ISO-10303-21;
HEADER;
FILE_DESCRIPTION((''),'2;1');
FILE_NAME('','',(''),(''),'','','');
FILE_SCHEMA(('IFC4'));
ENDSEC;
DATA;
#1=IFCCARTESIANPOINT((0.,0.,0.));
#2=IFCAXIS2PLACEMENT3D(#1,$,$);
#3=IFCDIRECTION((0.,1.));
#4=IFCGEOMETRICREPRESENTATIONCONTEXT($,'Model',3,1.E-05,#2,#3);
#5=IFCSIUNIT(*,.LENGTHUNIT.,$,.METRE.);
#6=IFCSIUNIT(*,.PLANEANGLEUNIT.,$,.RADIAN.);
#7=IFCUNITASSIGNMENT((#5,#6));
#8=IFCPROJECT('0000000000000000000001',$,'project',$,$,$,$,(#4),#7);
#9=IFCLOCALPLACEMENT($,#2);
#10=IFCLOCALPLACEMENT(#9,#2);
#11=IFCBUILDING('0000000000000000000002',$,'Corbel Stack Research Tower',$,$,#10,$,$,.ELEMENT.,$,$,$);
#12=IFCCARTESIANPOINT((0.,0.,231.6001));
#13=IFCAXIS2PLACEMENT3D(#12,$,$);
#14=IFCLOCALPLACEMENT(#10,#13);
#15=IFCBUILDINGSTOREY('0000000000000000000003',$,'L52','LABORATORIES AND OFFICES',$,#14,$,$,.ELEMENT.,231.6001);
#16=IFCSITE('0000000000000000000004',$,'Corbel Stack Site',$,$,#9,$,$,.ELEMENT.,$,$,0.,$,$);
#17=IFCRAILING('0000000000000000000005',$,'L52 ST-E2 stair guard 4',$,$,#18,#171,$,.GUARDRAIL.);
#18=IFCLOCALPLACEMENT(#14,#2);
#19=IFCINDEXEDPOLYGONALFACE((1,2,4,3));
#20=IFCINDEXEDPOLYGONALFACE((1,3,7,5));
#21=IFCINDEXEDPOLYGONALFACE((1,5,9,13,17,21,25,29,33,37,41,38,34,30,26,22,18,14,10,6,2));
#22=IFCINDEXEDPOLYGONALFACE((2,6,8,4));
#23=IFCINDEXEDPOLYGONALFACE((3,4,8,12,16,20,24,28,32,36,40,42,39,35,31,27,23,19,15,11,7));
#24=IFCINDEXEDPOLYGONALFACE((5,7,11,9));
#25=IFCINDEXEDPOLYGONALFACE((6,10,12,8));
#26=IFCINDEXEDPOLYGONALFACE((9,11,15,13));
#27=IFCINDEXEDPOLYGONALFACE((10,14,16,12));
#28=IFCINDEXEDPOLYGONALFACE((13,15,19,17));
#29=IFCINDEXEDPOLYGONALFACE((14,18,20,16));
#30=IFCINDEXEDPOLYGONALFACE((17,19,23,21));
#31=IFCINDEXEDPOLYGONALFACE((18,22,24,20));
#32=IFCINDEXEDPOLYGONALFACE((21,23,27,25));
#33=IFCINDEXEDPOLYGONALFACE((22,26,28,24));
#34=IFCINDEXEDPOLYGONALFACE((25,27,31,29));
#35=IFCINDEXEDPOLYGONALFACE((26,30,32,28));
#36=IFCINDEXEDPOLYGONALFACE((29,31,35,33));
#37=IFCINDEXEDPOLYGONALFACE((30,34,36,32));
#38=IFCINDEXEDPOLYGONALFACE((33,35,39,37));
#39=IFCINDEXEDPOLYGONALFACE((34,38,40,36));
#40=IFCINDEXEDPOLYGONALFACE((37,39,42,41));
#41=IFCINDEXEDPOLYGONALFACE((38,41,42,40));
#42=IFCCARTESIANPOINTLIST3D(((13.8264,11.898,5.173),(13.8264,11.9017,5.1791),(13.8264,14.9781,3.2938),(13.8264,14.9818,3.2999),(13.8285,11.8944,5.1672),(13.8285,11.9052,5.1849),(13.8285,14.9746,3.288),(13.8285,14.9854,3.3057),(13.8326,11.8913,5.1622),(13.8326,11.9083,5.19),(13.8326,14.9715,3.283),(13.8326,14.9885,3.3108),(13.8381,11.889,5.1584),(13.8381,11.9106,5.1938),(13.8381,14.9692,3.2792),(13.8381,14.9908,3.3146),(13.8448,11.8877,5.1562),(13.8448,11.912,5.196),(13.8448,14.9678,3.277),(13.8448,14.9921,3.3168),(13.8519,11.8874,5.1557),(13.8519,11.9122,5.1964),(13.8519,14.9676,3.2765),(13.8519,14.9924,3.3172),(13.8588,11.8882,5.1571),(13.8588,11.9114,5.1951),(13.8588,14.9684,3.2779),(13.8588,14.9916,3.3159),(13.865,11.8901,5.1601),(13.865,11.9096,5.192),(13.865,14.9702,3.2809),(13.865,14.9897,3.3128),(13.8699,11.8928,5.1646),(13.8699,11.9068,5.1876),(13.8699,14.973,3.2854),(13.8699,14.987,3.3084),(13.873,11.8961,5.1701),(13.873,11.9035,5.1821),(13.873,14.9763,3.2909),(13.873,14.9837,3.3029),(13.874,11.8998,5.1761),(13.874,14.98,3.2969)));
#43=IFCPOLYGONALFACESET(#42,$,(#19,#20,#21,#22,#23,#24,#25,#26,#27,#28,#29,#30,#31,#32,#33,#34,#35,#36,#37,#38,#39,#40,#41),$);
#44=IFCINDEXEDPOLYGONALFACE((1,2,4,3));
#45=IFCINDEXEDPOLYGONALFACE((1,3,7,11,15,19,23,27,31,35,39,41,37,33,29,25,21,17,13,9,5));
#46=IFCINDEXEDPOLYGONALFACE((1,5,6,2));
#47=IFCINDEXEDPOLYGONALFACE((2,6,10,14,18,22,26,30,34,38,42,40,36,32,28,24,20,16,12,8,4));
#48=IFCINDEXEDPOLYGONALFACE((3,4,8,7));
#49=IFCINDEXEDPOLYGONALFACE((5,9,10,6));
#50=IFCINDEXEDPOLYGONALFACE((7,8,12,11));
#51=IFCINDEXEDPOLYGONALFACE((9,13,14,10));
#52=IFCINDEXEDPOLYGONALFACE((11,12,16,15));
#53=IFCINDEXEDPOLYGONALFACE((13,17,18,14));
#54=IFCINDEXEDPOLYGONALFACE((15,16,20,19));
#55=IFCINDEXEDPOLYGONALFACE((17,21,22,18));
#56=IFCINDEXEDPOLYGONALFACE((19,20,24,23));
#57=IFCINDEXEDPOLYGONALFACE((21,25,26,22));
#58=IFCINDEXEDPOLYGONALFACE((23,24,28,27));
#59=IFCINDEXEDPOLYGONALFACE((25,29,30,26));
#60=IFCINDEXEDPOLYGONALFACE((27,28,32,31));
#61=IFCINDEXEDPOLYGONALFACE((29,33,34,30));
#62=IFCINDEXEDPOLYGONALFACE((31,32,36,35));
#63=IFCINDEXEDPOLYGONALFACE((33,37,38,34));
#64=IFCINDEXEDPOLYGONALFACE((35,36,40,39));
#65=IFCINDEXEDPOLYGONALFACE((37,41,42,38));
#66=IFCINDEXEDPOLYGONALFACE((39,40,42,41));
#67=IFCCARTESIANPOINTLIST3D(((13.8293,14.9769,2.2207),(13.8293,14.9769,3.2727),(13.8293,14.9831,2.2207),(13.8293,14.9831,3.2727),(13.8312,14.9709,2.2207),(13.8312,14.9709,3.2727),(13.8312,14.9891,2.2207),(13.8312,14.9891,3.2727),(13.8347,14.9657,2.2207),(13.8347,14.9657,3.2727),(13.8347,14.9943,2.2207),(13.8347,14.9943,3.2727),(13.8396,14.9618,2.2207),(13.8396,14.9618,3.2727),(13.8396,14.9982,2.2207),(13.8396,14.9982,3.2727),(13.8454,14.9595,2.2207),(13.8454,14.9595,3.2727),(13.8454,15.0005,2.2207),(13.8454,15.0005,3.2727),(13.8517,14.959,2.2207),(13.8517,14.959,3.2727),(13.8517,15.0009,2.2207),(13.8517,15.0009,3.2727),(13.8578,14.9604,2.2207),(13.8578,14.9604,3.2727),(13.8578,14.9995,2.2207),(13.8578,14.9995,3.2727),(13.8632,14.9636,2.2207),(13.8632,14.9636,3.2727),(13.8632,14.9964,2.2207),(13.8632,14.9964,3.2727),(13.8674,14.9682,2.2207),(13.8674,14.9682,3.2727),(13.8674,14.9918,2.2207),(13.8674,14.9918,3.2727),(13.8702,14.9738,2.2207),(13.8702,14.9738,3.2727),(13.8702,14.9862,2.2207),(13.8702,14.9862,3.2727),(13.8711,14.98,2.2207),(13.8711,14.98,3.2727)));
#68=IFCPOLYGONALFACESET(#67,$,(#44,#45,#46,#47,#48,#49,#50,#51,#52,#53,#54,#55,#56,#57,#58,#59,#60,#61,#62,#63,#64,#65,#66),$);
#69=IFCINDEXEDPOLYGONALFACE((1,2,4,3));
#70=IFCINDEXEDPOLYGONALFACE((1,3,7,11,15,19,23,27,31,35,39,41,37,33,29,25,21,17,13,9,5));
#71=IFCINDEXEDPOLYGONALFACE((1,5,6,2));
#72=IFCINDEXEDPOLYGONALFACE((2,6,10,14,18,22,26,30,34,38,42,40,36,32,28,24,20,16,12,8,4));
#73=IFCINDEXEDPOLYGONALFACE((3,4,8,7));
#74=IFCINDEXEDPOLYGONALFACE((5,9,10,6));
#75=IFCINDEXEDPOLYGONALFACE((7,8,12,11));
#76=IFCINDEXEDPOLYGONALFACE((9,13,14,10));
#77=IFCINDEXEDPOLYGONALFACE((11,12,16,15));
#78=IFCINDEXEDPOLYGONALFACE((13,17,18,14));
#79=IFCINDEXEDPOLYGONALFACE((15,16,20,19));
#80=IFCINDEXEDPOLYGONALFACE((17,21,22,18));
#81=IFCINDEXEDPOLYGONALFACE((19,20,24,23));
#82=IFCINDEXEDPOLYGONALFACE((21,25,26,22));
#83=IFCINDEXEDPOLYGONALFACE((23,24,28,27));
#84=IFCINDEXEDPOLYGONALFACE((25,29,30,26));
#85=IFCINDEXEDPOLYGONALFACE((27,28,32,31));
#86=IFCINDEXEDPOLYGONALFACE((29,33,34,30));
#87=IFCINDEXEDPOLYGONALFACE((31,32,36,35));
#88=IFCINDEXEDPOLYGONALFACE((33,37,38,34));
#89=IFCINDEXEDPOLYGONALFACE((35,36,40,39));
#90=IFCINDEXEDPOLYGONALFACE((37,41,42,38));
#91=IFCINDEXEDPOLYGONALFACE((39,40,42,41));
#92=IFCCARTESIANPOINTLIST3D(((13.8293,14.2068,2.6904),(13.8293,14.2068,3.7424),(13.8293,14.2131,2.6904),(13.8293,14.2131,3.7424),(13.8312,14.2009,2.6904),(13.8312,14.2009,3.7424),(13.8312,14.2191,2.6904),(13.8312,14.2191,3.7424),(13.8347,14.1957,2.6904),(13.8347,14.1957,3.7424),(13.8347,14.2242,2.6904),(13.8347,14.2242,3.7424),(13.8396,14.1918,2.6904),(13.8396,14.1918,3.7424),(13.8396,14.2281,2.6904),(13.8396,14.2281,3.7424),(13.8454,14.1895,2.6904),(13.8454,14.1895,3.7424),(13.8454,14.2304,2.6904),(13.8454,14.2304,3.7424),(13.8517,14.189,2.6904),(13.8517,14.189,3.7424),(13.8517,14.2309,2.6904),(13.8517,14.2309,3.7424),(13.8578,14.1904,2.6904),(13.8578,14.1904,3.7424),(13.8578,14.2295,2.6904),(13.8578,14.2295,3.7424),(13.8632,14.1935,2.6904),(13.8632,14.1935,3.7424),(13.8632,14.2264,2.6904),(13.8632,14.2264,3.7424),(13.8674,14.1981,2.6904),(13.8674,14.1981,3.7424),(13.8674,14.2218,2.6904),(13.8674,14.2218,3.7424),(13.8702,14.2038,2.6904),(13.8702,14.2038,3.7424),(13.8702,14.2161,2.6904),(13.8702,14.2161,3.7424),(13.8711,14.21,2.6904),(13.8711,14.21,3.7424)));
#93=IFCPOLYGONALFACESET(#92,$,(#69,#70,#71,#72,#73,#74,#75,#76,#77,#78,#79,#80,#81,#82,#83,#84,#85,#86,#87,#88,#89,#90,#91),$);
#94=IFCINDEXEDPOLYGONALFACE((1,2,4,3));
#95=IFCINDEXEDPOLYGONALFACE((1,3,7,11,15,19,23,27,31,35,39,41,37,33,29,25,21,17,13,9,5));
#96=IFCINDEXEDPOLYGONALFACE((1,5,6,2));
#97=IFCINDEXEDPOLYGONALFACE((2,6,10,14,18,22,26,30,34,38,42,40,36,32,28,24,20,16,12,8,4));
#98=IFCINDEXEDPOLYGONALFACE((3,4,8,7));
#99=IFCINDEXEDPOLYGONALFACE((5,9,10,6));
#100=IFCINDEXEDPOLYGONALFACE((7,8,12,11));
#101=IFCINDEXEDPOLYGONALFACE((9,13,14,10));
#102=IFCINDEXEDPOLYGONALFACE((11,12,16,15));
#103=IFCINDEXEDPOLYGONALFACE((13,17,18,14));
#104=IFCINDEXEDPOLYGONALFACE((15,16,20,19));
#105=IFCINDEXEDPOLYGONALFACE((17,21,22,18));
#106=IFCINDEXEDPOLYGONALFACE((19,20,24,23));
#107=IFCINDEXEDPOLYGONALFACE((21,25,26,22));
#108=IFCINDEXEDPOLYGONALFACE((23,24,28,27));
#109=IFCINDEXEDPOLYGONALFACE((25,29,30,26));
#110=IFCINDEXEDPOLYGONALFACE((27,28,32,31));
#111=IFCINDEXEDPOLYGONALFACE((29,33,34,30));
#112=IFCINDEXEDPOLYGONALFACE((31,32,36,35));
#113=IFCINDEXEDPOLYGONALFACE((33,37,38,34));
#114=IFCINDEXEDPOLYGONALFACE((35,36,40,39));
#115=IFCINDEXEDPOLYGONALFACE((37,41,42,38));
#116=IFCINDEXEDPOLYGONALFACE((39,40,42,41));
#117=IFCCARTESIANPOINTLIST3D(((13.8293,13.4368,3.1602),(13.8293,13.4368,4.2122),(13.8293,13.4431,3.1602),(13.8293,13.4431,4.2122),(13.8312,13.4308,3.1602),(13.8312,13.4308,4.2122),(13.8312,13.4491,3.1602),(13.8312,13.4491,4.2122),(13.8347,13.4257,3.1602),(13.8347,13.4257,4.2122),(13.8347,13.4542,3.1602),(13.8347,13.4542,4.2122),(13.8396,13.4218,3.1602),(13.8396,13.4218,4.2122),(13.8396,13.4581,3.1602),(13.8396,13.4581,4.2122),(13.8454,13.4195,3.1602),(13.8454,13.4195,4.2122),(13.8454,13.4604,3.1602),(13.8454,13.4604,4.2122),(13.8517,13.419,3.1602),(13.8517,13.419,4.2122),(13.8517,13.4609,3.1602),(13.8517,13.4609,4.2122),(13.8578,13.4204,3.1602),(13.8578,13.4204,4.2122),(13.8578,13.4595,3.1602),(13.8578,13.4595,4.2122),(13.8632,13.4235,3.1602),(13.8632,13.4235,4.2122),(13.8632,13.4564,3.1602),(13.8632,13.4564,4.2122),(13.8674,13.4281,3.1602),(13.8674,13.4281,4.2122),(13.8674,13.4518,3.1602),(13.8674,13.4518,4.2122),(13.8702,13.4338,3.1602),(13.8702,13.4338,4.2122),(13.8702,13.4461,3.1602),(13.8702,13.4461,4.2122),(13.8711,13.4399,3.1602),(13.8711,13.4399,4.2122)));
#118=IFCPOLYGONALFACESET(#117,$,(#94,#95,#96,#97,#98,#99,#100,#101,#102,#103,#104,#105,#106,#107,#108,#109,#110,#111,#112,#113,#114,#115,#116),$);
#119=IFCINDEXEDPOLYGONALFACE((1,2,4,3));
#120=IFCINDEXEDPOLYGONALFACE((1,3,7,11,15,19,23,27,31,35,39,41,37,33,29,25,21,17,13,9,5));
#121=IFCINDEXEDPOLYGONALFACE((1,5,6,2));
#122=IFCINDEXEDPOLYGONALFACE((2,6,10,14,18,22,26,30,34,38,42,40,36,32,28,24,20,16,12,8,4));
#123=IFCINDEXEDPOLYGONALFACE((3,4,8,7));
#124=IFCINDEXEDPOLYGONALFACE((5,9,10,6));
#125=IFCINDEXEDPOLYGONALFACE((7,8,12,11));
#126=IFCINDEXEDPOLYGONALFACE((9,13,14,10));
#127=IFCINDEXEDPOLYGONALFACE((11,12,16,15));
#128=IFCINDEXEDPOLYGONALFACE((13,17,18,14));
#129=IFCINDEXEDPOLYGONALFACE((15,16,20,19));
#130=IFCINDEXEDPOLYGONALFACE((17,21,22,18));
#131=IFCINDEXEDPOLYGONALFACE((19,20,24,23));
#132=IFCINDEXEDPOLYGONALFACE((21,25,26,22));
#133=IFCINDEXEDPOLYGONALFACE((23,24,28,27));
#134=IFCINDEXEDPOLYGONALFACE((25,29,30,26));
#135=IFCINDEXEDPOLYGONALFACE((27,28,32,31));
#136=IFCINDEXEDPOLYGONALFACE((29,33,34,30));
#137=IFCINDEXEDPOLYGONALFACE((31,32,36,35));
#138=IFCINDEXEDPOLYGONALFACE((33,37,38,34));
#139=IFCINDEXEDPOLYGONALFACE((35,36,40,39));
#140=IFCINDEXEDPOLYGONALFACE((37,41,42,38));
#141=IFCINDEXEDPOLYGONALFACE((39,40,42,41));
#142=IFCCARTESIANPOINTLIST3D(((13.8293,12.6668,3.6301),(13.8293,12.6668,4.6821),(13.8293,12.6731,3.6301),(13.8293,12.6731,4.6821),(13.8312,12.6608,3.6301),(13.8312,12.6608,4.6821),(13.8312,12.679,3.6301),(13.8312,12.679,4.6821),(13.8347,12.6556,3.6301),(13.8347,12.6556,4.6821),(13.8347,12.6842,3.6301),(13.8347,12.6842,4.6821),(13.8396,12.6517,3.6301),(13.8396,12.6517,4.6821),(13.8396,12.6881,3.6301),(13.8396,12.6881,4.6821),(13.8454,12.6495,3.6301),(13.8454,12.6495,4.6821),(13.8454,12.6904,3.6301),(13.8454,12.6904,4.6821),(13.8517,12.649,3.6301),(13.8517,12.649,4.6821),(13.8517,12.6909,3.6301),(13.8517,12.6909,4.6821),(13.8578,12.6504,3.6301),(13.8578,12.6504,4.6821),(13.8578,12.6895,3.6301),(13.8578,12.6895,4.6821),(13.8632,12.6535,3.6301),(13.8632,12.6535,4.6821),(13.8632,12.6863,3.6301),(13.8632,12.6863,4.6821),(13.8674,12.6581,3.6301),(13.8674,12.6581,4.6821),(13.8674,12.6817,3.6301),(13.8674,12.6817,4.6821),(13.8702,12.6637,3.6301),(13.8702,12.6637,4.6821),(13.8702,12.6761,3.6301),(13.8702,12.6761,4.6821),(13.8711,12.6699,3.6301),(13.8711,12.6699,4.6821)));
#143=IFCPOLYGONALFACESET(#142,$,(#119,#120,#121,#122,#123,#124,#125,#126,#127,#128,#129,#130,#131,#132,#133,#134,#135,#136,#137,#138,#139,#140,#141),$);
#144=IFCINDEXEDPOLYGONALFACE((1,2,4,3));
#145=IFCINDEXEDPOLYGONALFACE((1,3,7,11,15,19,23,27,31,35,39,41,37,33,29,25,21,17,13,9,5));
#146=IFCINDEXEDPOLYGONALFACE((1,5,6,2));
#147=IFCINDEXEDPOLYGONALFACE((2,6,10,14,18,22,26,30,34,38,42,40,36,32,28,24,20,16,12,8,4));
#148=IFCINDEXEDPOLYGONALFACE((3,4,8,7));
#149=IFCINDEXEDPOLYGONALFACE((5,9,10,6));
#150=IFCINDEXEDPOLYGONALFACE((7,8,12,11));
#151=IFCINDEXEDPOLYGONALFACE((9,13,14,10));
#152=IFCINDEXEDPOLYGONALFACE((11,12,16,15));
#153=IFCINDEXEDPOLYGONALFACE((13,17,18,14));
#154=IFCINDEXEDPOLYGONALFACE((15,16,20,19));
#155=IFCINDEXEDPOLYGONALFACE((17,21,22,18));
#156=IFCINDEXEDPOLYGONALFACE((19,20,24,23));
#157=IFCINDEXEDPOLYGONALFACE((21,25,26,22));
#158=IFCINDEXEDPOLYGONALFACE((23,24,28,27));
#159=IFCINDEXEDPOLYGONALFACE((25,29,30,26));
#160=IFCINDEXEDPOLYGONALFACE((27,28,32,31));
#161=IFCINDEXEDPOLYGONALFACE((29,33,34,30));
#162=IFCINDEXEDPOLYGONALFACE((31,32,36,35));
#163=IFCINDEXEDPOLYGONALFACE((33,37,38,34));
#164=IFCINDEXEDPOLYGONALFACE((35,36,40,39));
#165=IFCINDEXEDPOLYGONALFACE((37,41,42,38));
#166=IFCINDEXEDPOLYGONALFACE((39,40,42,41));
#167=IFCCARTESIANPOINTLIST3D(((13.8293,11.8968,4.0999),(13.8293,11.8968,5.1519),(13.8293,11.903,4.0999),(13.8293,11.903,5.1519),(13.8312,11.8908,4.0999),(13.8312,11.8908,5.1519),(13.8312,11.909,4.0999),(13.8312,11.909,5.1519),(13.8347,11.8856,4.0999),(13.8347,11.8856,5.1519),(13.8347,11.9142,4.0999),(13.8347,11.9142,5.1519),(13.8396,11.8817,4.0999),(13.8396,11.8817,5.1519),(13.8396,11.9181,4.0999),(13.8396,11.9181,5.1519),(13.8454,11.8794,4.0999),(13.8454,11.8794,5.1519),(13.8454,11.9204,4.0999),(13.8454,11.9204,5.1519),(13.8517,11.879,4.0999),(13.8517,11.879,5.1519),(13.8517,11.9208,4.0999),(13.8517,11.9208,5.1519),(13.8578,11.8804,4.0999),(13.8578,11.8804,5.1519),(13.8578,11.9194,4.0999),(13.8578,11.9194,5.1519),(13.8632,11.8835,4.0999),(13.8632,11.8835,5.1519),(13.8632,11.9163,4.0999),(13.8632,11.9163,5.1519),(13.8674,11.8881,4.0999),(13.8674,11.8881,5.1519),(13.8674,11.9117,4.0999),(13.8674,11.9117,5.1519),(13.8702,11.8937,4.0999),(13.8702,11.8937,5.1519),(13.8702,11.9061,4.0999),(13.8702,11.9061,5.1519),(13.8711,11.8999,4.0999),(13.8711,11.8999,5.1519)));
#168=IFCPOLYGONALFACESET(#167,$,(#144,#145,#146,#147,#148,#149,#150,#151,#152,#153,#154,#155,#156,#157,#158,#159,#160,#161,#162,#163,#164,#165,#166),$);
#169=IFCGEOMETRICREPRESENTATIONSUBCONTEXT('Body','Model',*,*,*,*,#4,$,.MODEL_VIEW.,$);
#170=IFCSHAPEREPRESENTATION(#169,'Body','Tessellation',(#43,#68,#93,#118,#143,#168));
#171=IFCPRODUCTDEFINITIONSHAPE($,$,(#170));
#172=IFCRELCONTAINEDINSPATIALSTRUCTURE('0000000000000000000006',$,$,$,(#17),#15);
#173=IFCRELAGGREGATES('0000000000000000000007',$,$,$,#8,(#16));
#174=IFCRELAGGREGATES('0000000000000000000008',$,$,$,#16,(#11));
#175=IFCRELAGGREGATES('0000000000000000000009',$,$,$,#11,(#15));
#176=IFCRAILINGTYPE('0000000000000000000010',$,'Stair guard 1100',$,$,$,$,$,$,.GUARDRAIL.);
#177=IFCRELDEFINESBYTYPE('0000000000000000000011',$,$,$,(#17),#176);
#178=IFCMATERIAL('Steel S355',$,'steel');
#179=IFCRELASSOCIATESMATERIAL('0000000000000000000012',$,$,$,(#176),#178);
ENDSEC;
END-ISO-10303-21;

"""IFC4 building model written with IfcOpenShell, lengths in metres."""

from ifc_helpers import new_model, si_unit, direction, frame, origin, origin_2d, place, context, subcontext, project, spatial, circle, extrude, material, type_object, element, save


model = new_model("IFC4")

# Units and contexts
model_context = context("Model", 3, precision=1e-05, world=origin(), true_north=direction((0.0, 1.0)))
body_context = subcontext(model_context, "Body", "Model", "MODEL_VIEW")
ifc_project = project(units=[si_unit("LENGTHUNIT", "METRE"), si_unit("PLANEANGLEUNIT", "RADIAN")], contexts=[model_context])

# Site, building, storey
site_placement = place(None, origin())
site = spatial("IfcSite", under=ifc_project, at=site_placement, Name="Corbel Stack Site", CompositionType="ELEMENT", RefElevation=0.0)
building_placement = place(site_placement, origin())
building = spatial("IfcBuilding", under=site, at=building_placement, Name="Corbel Stack Research Tower", CompositionType="ELEMENT")
storey_placement = place(building_placement, frame((0.0, 0.0, 231.6001)))
storey = spatial("IfcBuildingStorey", under=building, at=storey_placement, Name="L52", Description="LABORATORIES AND OFFICES", CompositionType="ELEMENT", Elevation=231.6001)

# Railing
ifc_material_1 = material(Name="Steel S355", Category="steel")
railing_type_1 = type_object("IfcRailingType", Name="Stair guard 1100", PredefinedType="GUARDRAIL", material=ifc_material_1)
railing_1_placement = place(storey_placement, frame((13.8501, 14.98, 2.2207)))
element("IfcRailing", 1, at=railing_1_placement, inside=storey, type_object=railing_type_1, Name="L52 ST-E2 stair guard 4", PredefinedType="GUARDRAIL", context=body_context, shape_type="SweptSolid", body=[
    extrude(circle(Radius=0.0239, at=origin_2d()), frame((0.0, 0.0, 1.0762), z_axis=(0.0, -0.853666, 0.52082), x_axis=(1.0, 0.0, 0.0)), (0.0, 0.0, 1.0), 3.6082),
    extrude(circle(Radius=0.021, at=origin_2d()), origin(), (0.0, 0.0, 1.0), 1.052),
    extrude(circle(Radius=0.021, at=origin_2d()), frame((0.0, -0.77, 0.4697)), (0.0, 0.0, 1.0), 1.052),
    extrude(circle(Radius=0.021, at=origin_2d()), frame((0.0, -1.54, 0.9395)), (0.0, 0.0, 1.0), 1.052),
    extrude(circle(Radius=0.021, at=origin_2d()), frame((0.0, -2.3101, 1.4094)), (0.0, 0.0, 1.0), 1.052),
    extrude(circle(Radius=0.021, at=origin_2d()), frame((0.0, -3.0801, 1.8792)), (0.0, 0.0, 1.0), 1.052),
])

save(model, "model.ifc")
